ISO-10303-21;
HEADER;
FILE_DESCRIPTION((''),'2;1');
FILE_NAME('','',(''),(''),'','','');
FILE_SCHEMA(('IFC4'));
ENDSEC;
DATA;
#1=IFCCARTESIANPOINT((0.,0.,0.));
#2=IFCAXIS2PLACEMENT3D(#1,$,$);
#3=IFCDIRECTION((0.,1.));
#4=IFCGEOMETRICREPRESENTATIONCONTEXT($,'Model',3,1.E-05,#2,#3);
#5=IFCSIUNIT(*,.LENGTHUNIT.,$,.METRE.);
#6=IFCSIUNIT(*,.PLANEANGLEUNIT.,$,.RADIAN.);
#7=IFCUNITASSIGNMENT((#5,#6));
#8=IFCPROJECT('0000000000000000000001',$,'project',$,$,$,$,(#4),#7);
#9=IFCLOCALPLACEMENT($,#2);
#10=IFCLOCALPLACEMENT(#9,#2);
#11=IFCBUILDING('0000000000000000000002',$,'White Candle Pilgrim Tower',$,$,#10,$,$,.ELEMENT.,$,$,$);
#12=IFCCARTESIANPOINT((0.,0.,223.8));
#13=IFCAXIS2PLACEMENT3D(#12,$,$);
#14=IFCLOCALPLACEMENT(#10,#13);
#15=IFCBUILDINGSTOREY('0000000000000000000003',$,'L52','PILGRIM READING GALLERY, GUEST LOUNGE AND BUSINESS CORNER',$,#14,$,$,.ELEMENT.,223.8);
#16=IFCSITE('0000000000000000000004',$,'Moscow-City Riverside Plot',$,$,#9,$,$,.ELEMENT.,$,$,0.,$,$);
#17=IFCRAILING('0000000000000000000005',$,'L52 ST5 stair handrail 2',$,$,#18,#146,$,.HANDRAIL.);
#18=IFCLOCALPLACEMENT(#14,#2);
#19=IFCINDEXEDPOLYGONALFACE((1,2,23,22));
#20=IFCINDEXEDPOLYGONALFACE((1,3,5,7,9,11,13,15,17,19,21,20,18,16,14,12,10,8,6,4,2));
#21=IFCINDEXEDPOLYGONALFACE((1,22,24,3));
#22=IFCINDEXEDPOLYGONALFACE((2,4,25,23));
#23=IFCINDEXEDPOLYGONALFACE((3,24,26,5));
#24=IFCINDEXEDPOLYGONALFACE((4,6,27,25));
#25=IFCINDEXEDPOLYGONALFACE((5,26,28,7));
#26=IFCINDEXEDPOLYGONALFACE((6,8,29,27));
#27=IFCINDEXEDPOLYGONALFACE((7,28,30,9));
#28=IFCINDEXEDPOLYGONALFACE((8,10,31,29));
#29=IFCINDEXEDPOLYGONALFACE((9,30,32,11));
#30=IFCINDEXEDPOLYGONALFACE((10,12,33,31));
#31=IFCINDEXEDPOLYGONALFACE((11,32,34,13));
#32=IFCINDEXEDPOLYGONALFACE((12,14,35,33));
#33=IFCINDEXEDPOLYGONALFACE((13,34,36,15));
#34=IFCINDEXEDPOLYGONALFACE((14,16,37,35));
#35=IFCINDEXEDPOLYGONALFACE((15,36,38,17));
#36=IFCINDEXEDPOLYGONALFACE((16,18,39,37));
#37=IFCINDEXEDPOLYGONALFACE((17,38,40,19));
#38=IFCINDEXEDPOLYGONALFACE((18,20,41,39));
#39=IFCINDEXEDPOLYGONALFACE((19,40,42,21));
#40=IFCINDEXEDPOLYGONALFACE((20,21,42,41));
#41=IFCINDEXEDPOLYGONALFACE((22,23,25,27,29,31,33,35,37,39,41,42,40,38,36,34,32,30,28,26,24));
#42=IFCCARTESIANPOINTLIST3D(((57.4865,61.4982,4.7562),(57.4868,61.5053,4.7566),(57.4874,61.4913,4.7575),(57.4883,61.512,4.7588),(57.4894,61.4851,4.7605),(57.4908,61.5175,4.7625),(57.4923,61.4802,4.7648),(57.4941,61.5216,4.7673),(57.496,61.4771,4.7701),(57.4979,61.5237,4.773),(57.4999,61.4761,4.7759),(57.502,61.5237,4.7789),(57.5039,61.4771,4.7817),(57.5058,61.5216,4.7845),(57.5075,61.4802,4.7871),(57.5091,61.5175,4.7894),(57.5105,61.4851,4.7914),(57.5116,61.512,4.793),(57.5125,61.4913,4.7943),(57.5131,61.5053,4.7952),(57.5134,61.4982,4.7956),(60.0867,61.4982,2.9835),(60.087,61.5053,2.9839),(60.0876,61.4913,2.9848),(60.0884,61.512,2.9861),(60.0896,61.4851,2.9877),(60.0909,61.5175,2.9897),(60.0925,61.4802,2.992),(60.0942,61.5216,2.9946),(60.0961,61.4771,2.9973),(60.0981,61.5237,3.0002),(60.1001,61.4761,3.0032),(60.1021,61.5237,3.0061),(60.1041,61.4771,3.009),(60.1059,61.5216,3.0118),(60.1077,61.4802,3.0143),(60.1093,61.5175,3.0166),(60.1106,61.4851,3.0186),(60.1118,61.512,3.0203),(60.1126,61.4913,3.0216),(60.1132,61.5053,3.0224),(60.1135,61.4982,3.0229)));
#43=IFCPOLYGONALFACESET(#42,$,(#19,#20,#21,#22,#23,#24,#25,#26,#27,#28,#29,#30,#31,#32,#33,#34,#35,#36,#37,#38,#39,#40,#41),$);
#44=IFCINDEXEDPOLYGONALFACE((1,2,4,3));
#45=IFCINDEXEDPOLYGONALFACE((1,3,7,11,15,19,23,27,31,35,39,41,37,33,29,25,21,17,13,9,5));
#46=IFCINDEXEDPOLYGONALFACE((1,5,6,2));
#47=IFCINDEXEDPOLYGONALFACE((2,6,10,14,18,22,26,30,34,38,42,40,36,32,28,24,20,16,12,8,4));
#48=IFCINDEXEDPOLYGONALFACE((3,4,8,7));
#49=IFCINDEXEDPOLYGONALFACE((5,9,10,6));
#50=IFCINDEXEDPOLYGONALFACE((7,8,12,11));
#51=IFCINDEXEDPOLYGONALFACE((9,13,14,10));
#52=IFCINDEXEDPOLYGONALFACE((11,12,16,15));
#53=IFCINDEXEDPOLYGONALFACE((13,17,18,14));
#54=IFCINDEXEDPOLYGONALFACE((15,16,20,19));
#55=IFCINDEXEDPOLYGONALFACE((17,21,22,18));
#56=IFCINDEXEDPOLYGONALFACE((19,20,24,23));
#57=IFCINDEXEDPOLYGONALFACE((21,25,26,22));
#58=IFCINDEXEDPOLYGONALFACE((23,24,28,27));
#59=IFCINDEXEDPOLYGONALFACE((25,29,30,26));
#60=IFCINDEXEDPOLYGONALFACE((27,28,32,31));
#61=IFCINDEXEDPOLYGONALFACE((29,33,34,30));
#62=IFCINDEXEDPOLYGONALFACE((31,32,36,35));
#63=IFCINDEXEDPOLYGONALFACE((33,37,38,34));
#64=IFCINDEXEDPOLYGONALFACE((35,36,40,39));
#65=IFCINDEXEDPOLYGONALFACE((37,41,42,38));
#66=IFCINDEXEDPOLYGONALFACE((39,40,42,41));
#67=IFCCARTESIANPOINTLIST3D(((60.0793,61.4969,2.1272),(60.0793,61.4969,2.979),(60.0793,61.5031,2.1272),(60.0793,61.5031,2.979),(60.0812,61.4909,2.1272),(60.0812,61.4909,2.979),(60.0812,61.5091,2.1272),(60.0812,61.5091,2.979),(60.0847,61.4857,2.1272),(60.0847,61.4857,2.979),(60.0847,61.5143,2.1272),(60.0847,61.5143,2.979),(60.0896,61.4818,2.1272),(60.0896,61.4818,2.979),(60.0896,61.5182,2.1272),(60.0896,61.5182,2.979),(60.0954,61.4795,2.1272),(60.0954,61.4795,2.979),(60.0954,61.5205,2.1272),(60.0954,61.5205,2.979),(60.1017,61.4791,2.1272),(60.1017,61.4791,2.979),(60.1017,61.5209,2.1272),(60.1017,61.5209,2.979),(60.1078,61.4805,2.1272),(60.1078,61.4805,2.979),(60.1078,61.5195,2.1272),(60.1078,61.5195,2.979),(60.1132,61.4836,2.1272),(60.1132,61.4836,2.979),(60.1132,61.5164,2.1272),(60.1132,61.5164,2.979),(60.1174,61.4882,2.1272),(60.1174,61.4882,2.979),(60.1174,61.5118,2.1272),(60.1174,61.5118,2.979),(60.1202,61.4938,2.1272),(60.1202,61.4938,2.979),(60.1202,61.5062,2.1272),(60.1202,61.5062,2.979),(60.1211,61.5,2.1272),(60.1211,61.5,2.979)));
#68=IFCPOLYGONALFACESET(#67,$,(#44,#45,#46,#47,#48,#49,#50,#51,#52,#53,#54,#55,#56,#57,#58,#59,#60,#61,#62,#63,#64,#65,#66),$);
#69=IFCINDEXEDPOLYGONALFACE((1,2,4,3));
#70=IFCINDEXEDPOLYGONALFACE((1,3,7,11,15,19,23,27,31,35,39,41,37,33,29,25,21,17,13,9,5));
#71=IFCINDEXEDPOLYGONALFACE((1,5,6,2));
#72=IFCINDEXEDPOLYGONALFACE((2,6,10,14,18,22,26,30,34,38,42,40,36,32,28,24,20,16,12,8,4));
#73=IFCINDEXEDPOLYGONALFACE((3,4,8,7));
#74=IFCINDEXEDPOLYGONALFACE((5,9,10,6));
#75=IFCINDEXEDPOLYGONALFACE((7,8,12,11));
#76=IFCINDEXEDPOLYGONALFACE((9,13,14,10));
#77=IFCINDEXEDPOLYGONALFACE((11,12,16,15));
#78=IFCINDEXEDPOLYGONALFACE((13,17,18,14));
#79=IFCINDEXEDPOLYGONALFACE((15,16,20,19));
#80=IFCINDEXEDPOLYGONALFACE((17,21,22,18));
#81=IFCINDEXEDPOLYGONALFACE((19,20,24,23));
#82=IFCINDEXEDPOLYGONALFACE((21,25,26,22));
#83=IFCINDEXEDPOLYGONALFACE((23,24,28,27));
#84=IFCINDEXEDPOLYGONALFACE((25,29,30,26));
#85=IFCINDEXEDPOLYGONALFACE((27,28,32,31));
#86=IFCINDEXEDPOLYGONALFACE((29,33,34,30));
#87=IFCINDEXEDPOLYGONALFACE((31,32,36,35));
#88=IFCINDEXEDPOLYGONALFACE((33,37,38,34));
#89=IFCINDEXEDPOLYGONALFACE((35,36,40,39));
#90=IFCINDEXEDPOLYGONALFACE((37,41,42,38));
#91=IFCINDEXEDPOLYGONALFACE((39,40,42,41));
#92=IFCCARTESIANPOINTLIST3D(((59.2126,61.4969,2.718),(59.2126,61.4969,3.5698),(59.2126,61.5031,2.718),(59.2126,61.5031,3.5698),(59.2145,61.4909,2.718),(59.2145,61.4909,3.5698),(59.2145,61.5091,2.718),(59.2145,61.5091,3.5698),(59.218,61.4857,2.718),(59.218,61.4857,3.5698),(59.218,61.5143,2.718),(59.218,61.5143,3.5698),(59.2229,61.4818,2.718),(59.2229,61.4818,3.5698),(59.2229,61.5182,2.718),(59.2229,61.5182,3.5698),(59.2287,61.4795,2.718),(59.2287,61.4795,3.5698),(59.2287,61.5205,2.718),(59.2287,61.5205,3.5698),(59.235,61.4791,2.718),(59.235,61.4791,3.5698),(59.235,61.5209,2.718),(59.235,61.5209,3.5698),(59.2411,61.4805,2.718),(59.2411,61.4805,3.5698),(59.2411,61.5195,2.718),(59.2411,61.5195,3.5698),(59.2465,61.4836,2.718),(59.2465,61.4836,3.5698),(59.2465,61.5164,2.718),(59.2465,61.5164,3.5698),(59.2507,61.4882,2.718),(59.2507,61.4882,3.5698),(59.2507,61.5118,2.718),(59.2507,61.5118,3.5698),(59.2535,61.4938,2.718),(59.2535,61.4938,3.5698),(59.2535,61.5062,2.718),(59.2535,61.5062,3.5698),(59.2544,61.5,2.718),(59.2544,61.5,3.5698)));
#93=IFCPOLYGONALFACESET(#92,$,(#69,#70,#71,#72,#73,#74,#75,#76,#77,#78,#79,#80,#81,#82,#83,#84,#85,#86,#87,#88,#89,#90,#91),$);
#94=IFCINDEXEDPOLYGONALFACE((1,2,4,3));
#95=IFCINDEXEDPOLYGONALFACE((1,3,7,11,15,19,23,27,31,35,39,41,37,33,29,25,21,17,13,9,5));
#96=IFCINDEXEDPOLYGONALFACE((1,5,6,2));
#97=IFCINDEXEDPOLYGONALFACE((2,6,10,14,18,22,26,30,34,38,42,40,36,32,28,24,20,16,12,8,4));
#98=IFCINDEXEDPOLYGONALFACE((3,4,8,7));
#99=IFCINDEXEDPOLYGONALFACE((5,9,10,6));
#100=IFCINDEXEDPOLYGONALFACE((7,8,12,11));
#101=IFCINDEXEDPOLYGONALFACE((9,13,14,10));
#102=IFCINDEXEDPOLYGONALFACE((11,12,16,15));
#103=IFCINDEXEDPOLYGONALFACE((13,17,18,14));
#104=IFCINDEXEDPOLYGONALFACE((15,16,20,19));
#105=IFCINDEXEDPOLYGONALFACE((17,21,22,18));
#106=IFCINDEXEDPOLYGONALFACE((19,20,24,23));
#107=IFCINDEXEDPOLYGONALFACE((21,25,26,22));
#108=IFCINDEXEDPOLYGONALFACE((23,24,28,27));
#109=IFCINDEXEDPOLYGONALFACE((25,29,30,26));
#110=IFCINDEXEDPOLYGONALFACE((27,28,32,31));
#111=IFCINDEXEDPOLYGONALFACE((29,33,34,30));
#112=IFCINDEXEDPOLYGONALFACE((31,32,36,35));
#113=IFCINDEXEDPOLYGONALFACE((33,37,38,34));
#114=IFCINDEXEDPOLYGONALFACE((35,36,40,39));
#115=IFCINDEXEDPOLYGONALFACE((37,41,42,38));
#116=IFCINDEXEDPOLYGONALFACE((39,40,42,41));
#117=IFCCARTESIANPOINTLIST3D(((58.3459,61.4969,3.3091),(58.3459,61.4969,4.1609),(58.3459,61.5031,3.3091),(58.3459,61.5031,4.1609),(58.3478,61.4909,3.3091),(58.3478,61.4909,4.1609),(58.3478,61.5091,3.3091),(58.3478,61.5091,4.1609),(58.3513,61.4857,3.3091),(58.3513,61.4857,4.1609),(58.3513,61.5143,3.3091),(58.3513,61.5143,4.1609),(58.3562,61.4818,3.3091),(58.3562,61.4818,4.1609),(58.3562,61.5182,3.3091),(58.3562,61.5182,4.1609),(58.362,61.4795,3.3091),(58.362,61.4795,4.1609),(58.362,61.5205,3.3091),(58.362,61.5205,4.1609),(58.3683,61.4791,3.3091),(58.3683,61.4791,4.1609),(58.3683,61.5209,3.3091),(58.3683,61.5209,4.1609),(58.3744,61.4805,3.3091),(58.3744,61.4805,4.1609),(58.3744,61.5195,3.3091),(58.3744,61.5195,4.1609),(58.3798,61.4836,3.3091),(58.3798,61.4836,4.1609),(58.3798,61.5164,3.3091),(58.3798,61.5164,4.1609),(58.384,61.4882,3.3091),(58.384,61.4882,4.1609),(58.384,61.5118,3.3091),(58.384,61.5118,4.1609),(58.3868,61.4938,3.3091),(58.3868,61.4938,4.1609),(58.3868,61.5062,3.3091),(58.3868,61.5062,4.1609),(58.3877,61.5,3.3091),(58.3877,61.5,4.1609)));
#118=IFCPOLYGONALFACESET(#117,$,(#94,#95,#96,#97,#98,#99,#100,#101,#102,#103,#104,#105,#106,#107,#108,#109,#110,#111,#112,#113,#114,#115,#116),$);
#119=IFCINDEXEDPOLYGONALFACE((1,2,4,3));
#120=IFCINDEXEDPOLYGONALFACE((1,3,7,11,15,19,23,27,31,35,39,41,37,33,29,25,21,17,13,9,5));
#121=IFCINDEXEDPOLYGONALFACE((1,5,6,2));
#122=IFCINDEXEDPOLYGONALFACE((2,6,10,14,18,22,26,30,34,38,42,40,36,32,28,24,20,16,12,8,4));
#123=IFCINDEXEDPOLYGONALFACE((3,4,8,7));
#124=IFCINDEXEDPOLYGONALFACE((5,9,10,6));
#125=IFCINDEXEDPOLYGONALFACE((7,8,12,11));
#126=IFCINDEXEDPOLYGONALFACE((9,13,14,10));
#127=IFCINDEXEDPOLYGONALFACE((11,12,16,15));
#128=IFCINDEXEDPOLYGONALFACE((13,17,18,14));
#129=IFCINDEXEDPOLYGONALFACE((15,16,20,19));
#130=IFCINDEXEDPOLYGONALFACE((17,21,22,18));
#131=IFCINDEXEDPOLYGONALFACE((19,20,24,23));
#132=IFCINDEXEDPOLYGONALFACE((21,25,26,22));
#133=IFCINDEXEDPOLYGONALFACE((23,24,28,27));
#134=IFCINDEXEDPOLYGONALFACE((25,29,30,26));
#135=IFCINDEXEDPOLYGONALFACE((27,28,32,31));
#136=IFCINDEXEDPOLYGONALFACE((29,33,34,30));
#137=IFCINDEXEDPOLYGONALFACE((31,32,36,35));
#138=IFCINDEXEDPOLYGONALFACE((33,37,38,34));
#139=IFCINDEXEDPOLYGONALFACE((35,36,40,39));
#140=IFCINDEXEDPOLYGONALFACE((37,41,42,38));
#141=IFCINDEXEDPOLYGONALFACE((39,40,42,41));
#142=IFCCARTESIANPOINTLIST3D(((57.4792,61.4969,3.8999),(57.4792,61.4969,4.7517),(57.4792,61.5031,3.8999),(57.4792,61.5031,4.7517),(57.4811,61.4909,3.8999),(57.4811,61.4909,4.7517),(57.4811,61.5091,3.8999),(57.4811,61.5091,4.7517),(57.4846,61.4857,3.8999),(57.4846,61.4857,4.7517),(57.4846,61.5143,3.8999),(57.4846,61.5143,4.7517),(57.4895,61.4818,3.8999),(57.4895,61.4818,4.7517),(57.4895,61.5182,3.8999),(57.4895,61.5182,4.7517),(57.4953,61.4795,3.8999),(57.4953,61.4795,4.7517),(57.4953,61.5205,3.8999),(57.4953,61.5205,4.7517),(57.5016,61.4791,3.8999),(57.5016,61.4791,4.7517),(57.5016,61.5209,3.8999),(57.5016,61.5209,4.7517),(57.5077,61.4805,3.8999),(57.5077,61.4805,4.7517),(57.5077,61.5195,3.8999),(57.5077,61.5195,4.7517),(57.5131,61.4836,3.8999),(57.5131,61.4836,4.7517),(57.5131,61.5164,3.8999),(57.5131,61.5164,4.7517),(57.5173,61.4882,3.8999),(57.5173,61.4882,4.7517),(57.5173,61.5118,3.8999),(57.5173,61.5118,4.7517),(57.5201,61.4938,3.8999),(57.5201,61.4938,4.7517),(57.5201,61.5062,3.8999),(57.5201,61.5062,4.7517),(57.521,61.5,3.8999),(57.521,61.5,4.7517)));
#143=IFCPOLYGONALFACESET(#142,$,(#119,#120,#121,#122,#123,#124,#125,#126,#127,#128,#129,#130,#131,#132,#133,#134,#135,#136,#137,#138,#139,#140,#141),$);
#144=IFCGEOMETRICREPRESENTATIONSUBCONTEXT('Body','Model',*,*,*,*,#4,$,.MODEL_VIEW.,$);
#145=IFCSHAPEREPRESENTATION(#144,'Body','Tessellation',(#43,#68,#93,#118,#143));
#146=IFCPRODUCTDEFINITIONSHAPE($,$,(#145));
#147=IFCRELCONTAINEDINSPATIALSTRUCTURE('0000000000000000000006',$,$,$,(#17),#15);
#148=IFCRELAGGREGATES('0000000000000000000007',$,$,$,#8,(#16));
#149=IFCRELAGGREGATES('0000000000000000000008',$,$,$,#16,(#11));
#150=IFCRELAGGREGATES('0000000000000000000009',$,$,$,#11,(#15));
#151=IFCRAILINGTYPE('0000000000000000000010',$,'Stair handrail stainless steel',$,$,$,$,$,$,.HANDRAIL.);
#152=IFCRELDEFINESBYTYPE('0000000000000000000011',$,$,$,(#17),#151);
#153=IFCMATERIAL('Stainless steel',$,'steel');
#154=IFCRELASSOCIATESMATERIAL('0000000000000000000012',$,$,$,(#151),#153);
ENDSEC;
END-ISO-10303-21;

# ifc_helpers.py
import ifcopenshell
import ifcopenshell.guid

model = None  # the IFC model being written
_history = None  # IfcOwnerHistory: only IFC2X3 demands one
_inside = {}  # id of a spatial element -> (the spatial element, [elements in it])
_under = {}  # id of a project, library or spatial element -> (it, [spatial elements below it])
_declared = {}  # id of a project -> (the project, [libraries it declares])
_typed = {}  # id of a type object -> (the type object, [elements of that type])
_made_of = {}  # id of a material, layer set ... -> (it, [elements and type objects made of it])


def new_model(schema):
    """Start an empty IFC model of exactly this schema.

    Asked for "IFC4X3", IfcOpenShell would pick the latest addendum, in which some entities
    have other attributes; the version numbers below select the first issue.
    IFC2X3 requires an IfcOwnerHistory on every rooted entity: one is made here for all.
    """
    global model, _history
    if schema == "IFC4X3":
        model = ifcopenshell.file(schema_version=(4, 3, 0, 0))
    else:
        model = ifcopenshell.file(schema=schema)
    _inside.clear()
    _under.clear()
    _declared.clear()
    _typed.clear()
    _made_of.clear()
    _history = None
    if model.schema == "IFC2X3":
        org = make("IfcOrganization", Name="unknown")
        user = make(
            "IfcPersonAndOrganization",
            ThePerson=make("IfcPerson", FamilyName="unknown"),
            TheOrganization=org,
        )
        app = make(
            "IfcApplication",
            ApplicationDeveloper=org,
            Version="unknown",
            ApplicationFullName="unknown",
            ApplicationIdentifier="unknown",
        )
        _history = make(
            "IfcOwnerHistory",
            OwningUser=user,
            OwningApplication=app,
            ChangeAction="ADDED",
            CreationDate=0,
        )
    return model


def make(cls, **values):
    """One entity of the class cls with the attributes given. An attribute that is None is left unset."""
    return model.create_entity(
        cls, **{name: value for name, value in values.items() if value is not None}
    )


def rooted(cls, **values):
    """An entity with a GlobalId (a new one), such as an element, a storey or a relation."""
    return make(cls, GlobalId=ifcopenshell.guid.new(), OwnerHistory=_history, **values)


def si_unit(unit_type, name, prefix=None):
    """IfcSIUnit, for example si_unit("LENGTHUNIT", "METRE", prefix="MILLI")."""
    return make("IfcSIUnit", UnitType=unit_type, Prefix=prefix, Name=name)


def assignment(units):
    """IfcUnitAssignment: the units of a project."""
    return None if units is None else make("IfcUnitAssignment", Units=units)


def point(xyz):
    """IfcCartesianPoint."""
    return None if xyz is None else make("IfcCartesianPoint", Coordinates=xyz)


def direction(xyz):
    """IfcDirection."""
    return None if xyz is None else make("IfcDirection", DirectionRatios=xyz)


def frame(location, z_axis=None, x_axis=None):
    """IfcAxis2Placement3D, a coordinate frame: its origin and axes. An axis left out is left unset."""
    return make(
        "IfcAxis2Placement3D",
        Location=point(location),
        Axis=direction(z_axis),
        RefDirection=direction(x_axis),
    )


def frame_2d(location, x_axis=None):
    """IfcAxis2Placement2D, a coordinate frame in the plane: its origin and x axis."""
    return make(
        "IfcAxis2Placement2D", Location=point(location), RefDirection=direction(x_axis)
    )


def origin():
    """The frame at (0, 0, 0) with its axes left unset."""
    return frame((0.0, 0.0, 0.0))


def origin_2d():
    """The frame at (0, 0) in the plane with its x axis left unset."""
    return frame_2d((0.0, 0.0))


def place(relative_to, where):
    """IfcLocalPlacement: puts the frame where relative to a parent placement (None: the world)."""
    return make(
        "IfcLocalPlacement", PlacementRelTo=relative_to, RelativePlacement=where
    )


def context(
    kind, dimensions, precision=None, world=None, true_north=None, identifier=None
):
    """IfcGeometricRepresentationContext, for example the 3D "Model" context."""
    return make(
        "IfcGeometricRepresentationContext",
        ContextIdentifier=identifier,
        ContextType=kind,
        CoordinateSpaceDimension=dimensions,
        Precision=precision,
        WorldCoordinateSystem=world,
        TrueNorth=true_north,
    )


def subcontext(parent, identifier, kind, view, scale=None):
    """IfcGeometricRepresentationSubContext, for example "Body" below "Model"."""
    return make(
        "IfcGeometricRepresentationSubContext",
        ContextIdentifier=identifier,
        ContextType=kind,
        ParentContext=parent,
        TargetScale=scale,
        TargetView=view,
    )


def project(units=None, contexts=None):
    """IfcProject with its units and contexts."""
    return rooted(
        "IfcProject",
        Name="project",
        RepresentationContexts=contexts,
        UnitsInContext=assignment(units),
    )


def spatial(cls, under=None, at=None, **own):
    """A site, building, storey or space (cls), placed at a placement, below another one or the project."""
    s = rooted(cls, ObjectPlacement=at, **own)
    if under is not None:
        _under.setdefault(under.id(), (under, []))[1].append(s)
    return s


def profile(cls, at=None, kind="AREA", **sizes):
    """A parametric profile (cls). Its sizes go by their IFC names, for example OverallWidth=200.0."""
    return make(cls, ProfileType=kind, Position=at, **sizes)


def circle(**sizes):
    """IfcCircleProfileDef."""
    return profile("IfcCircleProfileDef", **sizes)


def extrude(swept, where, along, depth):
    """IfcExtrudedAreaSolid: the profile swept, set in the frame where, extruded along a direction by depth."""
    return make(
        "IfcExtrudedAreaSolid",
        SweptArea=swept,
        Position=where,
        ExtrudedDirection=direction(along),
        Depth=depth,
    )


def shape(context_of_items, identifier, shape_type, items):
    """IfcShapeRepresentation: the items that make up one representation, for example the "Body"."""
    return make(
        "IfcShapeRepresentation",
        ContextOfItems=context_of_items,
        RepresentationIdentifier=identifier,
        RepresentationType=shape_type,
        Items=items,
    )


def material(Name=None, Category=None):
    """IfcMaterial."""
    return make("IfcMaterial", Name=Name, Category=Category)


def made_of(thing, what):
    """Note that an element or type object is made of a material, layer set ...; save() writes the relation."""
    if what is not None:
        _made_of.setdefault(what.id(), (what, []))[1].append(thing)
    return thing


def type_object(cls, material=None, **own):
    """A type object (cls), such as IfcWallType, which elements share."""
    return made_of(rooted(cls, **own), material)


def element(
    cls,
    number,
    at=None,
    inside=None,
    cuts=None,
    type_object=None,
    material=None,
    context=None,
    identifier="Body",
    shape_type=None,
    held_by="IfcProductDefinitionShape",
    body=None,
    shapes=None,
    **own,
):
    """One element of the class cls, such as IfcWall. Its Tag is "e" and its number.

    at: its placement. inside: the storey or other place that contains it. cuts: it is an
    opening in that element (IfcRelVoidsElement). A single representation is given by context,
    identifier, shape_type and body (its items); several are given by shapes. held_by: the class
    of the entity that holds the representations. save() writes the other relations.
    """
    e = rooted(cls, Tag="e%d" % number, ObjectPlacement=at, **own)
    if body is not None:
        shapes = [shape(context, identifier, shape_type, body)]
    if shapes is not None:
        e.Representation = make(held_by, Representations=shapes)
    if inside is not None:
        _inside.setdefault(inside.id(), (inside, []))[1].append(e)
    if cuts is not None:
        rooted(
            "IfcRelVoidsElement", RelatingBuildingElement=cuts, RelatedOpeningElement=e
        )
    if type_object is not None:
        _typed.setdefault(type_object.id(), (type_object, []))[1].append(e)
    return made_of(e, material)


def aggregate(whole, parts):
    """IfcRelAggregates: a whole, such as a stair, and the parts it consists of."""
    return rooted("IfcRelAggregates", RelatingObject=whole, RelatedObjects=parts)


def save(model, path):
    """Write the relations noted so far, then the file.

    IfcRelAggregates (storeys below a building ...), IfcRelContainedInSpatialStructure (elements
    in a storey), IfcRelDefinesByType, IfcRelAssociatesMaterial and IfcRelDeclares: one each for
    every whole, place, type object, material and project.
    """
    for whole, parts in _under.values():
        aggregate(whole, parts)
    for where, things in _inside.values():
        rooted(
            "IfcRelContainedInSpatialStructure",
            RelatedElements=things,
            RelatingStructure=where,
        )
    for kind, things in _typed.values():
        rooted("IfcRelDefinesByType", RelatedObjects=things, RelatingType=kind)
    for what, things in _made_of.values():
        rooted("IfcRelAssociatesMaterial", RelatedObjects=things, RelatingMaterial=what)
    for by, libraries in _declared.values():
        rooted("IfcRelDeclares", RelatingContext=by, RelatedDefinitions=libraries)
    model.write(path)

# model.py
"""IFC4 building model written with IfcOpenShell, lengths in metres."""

from ifc_helpers import new_model, si_unit, direction, frame, origin, origin_2d, place, context, subcontext, project, spatial, circle, extrude, material, type_object, element, save


model = new_model("IFC4")

# Units and contexts
model_context = context("Model", 3, precision=1e-05, world=origin(), true_north=direction((0.0, 1.0)))
body_context = subcontext(model_context, "Body", "Model", "MODEL_VIEW")
ifc_project = project(units=[si_unit("LENGTHUNIT", "METRE"), si_unit("PLANEANGLEUNIT", "RADIAN")], contexts=[model_context])

# Site, building, storey
site_placement = place(None, origin())
site = spatial("IfcSite", under=ifc_project, at=site_placement, Name="Moscow-City Riverside Plot", CompositionType="ELEMENT", RefElevation=0.0)
building_placement = place(site_placement, origin())
building = spatial("IfcBuilding", under=site, at=building_placement, Name="White Candle Pilgrim Tower", CompositionType="ELEMENT")
storey_placement = place(building_placement, frame((0.0, 0.0, 223.8)))
storey = spatial("IfcBuildingStorey", under=building, at=storey_placement, Name="L52", Description="PILGRIM READING GALLERY, GUEST LOUNGE AND BUSINESS CORNER", CompositionType="ELEMENT", Elevation=223.8)

# Railing
ifc_material_1 = material(Name="Stainless steel", Category="steel")
railing_type_1 = type_object("IfcRailingType", Name="Stair handrail stainless steel", PredefinedType="HANDRAIL", material=ifc_material_1)
railing_1_placement = place(storey_placement, frame((60.1001, 61.5, 2.1272)))
element("IfcRailing", 1, at=railing_1_placement, inside=storey, type_object=railing_type_1, Name="L52 ST5 stair handrail 2", PredefinedType="HANDRAIL", context=body_context, shape_type="SweptSolid", body=[
    extrude(circle(Radius=0.0239, at=origin_2d()), frame((0.0, 0.0, 0.876), z_axis=(-0.82624, 0.0, 0.563318), x_axis=(0.0, -1.0, 0.0)), (0.0, 0.0, 1.0), 3.147),
    extrude(circle(Radius=0.021, at=origin_2d()), origin(), (0.0, 0.0, 1.0), 0.8518),
    extrude(circle(Radius=0.021, at=origin_2d()), frame((-0.8667, 0.0, 0.5908)), (0.0, 0.0, 1.0), 0.8518),
    extrude(circle(Radius=0.021, at=origin_2d()), frame((-1.7334, 0.0, 1.1819)), (0.0, 0.0, 1.0), 0.8518),
    extrude(circle(Radius=0.021, at=origin_2d()), frame((-2.6001, 0.0, 1.7727)), (0.0, 0.0, 1.0), 0.8518),
])

save(model, "model.ifc")
